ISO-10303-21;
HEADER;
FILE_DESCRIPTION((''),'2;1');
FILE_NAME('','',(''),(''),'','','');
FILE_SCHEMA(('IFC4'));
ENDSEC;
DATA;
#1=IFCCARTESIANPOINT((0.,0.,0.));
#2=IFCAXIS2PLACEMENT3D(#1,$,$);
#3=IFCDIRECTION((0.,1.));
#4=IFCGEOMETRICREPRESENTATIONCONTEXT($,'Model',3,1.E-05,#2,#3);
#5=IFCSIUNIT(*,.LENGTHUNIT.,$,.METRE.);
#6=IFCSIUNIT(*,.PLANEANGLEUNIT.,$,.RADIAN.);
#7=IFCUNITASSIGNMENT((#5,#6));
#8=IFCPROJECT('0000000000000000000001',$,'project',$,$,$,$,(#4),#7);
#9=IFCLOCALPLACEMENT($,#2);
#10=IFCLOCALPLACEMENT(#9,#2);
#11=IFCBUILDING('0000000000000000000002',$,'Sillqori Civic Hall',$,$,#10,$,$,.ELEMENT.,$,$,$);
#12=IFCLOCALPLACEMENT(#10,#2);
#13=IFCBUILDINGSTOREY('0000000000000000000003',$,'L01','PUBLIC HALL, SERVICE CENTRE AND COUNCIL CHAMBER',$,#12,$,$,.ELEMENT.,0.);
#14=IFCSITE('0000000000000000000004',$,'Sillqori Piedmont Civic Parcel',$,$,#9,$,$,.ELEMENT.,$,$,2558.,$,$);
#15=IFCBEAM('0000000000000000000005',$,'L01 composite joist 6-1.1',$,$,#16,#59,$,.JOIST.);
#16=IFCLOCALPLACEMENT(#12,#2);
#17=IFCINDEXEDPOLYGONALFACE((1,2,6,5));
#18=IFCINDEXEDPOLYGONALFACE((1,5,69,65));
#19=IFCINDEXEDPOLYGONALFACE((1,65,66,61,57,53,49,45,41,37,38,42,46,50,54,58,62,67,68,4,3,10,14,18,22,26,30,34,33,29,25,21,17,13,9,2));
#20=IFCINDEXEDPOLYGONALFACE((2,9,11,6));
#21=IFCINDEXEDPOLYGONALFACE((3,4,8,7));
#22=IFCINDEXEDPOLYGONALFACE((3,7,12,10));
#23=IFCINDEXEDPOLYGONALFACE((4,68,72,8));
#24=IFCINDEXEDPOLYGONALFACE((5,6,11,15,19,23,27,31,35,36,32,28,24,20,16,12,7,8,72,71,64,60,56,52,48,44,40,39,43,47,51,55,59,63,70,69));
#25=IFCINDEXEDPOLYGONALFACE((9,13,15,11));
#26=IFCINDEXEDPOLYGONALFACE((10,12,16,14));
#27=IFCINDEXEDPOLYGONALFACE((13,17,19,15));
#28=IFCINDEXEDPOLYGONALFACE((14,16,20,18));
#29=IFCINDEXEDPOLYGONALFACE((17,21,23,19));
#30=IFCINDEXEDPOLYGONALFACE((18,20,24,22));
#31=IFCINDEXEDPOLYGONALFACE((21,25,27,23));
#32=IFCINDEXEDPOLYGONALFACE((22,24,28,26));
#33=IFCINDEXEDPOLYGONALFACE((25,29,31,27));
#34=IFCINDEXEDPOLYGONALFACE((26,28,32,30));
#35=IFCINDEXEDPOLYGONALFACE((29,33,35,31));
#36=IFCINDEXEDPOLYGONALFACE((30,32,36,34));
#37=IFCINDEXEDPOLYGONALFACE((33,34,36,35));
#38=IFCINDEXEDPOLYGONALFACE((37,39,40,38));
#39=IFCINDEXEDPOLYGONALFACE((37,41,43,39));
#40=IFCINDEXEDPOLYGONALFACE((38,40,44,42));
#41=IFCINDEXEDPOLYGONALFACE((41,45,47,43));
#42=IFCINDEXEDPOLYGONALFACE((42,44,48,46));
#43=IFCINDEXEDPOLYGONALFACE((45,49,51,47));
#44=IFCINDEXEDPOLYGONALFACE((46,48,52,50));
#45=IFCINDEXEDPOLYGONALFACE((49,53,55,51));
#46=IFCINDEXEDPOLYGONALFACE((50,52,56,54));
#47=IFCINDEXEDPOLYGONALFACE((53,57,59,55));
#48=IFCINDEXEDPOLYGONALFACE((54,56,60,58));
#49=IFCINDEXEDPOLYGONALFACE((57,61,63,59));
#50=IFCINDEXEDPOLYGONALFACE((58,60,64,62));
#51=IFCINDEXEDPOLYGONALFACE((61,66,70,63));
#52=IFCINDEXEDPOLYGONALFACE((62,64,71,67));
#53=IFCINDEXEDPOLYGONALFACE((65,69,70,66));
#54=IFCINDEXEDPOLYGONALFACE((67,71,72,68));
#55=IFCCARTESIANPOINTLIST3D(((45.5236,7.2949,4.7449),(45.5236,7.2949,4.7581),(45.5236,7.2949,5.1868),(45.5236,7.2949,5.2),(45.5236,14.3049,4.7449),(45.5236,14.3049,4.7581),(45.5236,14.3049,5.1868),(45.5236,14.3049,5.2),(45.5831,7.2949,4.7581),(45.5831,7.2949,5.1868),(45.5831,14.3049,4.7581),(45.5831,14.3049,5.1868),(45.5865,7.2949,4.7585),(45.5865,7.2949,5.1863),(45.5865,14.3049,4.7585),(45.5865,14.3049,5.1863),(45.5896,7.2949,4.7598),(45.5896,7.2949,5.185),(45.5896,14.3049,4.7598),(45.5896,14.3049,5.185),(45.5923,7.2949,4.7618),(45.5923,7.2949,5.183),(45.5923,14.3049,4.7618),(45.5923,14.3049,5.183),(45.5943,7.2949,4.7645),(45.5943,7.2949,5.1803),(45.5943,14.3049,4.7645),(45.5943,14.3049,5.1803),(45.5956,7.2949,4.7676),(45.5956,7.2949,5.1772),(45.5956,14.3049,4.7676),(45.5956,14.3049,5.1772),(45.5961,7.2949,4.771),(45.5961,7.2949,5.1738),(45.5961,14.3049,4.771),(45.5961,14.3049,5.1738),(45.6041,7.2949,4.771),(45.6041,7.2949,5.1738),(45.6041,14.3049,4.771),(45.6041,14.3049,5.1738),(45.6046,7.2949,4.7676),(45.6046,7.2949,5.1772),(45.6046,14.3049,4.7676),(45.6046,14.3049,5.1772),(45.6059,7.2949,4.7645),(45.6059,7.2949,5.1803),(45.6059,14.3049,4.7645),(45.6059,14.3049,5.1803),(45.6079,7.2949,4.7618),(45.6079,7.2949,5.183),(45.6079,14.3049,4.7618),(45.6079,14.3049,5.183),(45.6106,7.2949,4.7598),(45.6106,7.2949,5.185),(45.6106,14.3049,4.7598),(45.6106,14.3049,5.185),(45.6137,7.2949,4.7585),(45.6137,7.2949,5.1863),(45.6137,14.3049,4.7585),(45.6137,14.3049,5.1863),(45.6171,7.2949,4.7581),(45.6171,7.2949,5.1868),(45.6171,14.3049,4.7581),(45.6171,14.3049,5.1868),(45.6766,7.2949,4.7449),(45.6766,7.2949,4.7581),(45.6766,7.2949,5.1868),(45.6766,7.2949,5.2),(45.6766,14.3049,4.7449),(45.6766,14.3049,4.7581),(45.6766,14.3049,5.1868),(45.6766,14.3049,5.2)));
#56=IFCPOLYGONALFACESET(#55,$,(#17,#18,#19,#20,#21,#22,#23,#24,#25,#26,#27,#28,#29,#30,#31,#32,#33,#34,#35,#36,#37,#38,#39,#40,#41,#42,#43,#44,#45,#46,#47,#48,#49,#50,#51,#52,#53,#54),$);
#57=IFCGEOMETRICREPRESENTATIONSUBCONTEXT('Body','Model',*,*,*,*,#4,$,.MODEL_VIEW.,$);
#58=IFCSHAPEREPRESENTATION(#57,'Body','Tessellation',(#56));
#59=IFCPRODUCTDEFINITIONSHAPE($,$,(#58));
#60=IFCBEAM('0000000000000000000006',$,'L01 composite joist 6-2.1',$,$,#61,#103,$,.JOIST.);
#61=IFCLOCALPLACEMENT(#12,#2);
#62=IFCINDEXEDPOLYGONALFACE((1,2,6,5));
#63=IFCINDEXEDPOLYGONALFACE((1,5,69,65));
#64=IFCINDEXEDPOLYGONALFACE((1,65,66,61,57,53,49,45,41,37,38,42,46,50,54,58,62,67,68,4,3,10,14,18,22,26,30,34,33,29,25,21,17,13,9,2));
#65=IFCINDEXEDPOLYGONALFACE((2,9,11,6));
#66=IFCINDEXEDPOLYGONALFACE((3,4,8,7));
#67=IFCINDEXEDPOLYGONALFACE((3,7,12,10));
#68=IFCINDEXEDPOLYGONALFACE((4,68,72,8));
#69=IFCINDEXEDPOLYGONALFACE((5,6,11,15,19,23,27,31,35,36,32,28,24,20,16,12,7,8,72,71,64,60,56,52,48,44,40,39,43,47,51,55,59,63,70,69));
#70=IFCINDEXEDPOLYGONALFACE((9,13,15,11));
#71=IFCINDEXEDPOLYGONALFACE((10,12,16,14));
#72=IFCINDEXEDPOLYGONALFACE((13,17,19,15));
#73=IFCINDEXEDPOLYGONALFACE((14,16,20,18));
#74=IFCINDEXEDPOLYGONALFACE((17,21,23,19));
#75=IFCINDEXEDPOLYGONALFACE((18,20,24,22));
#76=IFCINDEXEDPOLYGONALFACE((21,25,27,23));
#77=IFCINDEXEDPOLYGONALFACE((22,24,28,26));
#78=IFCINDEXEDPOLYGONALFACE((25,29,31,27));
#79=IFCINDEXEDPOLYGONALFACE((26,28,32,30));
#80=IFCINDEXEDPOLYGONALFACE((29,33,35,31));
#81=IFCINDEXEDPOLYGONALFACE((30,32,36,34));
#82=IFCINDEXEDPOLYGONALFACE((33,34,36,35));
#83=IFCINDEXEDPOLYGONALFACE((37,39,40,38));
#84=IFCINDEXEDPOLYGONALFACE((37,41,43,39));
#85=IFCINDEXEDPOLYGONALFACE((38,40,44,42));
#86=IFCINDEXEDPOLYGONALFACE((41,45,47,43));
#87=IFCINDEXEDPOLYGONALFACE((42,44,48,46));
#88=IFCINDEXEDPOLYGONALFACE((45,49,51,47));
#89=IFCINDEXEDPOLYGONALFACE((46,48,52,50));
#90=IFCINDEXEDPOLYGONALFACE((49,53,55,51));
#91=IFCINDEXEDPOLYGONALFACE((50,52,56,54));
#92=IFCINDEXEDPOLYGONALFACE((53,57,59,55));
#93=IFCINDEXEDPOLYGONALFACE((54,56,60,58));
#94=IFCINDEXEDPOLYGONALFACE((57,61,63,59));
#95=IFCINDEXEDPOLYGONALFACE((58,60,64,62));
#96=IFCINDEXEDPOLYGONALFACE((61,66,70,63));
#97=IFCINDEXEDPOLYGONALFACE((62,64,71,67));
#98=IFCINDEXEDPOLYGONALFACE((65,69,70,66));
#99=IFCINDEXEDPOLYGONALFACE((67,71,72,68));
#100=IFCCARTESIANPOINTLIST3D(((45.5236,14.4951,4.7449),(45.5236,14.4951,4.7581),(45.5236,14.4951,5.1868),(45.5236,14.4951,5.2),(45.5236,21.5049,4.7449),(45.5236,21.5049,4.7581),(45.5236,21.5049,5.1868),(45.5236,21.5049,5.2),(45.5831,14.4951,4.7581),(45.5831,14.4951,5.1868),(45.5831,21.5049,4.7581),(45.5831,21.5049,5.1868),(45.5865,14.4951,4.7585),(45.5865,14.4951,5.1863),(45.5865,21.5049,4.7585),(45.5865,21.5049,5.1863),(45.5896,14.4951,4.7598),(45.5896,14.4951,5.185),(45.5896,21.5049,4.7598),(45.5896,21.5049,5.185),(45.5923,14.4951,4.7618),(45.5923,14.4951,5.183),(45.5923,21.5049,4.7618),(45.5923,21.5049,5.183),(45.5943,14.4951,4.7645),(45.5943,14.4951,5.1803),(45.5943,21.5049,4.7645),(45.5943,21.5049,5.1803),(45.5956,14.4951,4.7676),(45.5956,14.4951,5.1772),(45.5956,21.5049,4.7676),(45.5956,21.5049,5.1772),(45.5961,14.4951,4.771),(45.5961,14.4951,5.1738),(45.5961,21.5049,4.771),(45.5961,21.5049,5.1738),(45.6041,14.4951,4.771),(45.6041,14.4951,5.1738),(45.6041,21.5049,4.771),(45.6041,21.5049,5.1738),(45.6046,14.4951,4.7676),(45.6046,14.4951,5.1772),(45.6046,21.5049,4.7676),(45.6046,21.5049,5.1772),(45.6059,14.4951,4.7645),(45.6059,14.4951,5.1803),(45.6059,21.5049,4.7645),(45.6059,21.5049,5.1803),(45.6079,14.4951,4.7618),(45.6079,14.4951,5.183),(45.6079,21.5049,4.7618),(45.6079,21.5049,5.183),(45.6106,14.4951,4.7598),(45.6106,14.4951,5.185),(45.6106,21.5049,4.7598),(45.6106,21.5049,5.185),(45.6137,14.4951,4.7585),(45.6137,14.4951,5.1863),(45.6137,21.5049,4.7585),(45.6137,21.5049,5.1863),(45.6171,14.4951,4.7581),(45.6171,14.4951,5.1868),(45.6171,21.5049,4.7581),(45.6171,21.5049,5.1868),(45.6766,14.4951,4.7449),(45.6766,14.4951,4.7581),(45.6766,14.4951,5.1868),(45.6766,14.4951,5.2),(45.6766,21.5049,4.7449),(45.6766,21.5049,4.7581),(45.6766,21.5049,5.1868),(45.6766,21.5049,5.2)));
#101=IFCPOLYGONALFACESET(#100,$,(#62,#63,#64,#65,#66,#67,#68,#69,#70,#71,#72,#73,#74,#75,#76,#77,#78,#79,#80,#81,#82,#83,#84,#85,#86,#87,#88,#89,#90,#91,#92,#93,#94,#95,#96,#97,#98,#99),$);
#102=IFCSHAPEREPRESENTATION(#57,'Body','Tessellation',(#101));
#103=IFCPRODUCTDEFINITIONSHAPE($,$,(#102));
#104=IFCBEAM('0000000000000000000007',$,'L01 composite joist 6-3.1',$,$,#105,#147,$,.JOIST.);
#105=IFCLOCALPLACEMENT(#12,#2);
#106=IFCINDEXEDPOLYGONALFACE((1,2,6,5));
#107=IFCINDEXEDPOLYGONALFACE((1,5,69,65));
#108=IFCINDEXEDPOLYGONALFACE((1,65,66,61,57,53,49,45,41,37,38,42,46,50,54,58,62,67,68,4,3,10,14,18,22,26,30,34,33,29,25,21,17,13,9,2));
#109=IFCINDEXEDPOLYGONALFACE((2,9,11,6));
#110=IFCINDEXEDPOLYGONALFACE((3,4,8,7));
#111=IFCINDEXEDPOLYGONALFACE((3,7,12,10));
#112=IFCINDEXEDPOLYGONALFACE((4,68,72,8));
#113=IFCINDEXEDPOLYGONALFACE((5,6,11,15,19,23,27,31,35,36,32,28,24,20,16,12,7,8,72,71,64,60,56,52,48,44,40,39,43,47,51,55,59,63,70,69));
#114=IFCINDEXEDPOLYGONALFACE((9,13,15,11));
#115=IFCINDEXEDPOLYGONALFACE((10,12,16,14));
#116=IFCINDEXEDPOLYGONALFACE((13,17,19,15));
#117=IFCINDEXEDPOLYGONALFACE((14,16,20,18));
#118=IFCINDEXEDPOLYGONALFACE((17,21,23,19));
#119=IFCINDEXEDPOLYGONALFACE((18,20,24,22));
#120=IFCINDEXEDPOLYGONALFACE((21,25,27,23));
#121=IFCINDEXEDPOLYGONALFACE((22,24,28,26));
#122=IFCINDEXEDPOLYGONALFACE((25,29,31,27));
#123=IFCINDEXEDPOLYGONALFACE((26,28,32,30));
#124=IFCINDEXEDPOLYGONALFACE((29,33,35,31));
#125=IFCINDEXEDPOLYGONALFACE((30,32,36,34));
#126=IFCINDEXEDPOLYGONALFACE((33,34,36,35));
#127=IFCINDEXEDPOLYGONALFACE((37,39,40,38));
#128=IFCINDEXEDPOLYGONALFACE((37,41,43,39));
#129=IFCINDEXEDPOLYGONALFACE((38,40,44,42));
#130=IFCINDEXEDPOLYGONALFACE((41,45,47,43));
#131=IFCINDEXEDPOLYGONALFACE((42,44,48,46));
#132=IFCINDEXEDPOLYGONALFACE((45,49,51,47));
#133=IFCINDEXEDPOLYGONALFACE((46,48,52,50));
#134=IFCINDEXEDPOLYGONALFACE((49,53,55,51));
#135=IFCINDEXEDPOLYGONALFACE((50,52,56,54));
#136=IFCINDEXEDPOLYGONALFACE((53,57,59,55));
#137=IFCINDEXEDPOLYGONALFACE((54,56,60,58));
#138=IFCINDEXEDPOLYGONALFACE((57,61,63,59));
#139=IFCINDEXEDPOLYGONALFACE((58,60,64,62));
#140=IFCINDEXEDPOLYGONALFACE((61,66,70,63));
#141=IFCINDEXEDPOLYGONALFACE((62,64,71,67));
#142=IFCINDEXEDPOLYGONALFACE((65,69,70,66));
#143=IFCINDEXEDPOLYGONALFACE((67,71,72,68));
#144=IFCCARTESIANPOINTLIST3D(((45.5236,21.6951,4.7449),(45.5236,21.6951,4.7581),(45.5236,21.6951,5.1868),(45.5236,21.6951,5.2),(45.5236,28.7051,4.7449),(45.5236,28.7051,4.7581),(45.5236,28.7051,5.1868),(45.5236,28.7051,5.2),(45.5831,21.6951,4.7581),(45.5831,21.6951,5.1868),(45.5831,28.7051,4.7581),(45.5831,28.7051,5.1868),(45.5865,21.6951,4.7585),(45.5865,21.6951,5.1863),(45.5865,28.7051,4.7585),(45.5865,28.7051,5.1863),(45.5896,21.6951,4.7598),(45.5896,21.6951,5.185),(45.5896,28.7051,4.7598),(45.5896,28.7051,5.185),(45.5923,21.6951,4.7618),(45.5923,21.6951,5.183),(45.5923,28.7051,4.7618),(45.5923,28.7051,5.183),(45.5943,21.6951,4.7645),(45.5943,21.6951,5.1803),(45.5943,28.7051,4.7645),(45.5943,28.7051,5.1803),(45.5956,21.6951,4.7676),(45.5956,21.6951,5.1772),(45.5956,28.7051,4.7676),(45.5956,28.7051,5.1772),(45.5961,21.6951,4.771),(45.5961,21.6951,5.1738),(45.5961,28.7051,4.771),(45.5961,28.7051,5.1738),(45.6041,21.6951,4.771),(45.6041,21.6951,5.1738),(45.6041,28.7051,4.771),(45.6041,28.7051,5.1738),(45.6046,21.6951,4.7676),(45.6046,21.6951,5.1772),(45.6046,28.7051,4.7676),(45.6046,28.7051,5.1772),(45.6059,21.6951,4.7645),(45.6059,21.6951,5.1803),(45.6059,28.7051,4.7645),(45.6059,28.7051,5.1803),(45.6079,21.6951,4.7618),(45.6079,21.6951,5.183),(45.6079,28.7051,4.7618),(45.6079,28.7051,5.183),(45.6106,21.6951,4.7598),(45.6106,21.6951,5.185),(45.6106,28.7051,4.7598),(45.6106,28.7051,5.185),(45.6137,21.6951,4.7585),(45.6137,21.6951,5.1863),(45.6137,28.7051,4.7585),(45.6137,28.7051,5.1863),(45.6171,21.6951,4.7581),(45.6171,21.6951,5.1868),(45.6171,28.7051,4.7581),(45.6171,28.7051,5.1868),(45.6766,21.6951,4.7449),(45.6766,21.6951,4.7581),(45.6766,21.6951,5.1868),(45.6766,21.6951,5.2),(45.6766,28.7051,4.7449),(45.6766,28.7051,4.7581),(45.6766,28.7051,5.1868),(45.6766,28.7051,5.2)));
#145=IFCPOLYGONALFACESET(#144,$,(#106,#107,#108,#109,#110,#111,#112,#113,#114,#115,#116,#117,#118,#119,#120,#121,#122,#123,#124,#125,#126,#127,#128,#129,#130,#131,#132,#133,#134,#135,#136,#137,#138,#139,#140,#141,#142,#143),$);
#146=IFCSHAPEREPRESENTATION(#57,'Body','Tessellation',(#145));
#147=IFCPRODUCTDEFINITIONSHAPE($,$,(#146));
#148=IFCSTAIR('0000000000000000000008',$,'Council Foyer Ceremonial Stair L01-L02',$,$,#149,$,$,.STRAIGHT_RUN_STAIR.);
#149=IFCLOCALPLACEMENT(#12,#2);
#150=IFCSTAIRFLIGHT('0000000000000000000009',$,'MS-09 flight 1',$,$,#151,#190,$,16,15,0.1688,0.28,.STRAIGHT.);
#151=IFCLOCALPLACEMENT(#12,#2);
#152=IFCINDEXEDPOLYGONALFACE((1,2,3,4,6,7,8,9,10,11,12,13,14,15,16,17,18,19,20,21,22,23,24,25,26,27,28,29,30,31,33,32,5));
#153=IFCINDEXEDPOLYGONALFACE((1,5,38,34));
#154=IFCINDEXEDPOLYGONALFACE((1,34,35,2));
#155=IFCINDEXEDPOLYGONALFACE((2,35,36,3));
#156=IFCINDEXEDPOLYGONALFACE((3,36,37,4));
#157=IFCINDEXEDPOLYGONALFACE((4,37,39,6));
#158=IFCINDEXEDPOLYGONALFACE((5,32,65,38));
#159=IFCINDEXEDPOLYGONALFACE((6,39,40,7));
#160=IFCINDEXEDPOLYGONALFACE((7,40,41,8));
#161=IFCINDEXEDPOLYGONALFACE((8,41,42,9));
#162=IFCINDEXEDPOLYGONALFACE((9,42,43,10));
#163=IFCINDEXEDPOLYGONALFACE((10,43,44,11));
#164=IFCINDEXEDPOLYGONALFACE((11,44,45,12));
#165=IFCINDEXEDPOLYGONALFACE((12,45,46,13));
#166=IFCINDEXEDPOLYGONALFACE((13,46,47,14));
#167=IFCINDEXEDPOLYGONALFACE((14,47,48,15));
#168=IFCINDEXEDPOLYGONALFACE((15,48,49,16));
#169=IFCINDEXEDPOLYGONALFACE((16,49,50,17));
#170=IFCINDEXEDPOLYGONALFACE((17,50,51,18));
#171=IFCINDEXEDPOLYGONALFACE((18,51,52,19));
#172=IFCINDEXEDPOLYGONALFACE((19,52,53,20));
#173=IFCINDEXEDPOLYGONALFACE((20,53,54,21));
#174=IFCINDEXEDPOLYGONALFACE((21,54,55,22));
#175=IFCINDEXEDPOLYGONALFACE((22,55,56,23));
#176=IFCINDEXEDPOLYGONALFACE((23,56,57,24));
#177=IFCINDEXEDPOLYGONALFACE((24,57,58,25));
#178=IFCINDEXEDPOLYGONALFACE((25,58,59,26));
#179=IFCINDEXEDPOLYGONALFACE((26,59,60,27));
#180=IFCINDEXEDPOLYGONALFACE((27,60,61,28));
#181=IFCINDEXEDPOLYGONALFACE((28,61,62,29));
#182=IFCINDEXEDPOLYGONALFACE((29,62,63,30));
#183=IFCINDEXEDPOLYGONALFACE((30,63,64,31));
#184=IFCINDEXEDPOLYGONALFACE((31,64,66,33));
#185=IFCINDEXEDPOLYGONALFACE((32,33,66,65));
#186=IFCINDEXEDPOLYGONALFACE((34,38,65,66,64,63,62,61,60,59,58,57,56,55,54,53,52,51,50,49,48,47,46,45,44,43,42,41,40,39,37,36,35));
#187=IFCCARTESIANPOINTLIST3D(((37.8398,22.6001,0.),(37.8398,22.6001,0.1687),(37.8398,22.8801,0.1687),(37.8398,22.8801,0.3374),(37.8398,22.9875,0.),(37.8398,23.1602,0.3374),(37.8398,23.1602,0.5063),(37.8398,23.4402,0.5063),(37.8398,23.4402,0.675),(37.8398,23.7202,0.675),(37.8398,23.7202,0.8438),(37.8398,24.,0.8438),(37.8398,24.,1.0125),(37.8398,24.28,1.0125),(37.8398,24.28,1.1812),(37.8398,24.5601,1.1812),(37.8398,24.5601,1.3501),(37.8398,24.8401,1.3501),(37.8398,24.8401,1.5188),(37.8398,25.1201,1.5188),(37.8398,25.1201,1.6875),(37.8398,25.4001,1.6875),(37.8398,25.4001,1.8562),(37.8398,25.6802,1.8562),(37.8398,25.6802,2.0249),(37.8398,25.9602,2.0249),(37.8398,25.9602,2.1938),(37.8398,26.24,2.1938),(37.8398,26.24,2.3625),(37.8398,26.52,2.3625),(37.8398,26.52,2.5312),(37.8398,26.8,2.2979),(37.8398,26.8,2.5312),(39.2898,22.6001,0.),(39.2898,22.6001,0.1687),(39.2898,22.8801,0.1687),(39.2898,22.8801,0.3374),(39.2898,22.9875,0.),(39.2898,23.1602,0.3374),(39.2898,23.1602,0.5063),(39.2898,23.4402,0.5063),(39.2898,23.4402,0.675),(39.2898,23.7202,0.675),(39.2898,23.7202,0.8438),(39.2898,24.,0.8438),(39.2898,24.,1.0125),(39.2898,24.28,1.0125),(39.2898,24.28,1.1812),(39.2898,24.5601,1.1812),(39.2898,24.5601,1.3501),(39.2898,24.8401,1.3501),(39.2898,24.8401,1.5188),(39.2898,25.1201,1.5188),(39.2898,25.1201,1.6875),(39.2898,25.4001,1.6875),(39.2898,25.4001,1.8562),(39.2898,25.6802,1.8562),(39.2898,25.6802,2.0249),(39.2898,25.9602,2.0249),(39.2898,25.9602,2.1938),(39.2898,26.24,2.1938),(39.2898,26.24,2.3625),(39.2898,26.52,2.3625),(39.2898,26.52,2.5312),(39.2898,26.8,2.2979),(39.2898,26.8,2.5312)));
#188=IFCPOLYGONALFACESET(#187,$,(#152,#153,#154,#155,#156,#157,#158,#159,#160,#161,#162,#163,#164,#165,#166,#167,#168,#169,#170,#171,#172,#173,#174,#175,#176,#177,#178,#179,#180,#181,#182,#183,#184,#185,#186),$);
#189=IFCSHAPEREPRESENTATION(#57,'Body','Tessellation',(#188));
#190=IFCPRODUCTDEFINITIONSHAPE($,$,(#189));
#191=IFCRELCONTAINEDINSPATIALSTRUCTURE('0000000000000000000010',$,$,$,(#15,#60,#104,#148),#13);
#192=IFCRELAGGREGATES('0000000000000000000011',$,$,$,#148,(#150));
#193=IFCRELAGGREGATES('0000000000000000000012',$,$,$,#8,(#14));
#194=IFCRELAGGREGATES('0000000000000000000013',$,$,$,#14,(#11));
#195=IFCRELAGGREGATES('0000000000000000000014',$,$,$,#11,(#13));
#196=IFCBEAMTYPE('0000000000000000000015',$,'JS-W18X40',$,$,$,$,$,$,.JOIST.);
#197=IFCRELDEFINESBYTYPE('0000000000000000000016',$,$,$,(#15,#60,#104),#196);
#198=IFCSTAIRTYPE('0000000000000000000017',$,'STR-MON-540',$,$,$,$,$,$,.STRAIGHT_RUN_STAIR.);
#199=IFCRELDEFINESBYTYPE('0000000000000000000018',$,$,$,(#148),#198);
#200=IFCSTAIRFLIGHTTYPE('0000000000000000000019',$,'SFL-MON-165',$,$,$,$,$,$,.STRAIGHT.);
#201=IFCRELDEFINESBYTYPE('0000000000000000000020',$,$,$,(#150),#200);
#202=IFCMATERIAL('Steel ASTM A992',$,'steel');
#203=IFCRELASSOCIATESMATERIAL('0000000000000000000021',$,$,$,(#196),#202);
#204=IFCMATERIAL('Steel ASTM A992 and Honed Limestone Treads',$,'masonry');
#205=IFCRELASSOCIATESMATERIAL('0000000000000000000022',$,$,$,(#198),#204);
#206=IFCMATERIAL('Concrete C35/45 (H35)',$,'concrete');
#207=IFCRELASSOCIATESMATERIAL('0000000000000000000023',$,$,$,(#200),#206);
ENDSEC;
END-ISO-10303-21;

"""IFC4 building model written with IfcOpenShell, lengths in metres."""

from ifc_helpers import new_model, si_unit, direction, frame, origin, origin_2d, place, context, subcontext, project, spatial, polyline, i_section, outline, extrude, material, material_profile, profile_set, type_object, element, aggregate, save


model = new_model("IFC4")

# Units and contexts
model_context = context("Model", 3, precision=1e-05, world=origin(), true_north=direction((0.0, 1.0)))
body_context = subcontext(model_context, "Body", "Model", "MODEL_VIEW")
ifc_project = project(units=[si_unit("LENGTHUNIT", "METRE"), si_unit("PLANEANGLEUNIT", "RADIAN")], contexts=[model_context])

# Site, building, storey
site_placement = place(None, origin())
site = spatial("IfcSite", under=ifc_project, at=site_placement, Name="Sillqori Piedmont Civic Parcel", CompositionType="ELEMENT", RefElevation=2558.0)
building_placement = place(site_placement, origin())
building = spatial("IfcBuilding", under=site, at=building_placement, Name="Sillqori Civic Hall", CompositionType="ELEMENT")
storey_placement = place(building_placement, origin())
storey = spatial("IfcBuildingStorey", under=building, at=storey_placement, Name="L01", Description="PUBLIC HALL, SERVICE CENTRE AND COUNCIL CHAMBER", CompositionType="ELEMENT", Elevation=0.0)

# Shared definitions
ifc_material_1 = material(Name="Concrete C35/45 (H35)", Category="concrete")
ifc_material_2 = material(Name="Steel ASTM A992", Category="steel")

# Beams
ifc_material_profile_1 = material_profile(ifc_material_2, i_section(OverallWidth=0.1531, OverallDepth=0.4551, WebThickness=0.0081, FlangeThickness=0.0132, FilletRadius=0.0129, at=origin_2d()), Name="W18X40")
ifc_profile_set_1 = profile_set([ifc_material_profile_1], Name="Steel ASTM A992")
beam_type_1 = type_object("IfcBeamType", Name="JS-W18X40", PredefinedType="JOIST", material=ifc_profile_set_1)
beam_1_placement = place(storey_placement, frame((45.6001, 7.2949, 4.9724), z_axis=(0.0, 1.0, 0.0), x_axis=(-1.0, 0.0, 0.0)))
element("IfcBeam", 1, at=beam_1_placement, inside=storey, type_object=beam_type_1, Name="L01 composite joist 6-1.1", PredefinedType="JOIST", context=body_context, shape_type="SweptSolid", body=[
    extrude(i_section(OverallWidth=0.1531, OverallDepth=0.4551, WebThickness=0.0081, FlangeThickness=0.0132, FilletRadius=0.0129, at=origin_2d()), origin(), (0.0, 0.0, 1.0), 7.01),
])
beam_2_placement = place(storey_placement, frame((45.6001, 14.4951, 4.9724), z_axis=(0.0, 1.0, 0.0), x_axis=(-1.0, 0.0, 0.0)))
element("IfcBeam", 2, at=beam_2_placement, inside=storey, type_object=beam_type_1, Name="L01 composite joist 6-2.1", PredefinedType="JOIST", context=body_context, shape_type="SweptSolid", body=[
    extrude(i_section(OverallWidth=0.1531, OverallDepth=0.4551, WebThickness=0.0081, FlangeThickness=0.0132, FilletRadius=0.0129, at=origin_2d()), origin(), (0.0, 0.0, 1.0), 7.0098),
])
beam_3_placement = place(storey_placement, frame((45.6001, 21.6951, 4.9724), z_axis=(0.0, 1.0, 0.0), x_axis=(-1.0, 0.0, 0.0)))
element("IfcBeam", 3, at=beam_3_placement, inside=storey, type_object=beam_type_1, Name="L01 composite joist 6-3.1", PredefinedType="JOIST", context=body_context, shape_type="SweptSolid", body=[
    extrude(i_section(OverallWidth=0.1531, OverallDepth=0.4551, WebThickness=0.0081, FlangeThickness=0.0132, FilletRadius=0.0129, at=origin_2d()), origin(), (0.0, 0.0, 1.0), 7.01),
])

# Stair, stair flight
ifc_material_3 = material(Name="Steel ASTM A992 and Honed Limestone Treads", Category="masonry")
stair_type = type_object("IfcStairType", Name="STR-MON-540", PredefinedType="STRAIGHT_RUN_STAIR", material=ifc_material_3)
stair_placement = place(storey_placement, origin())
stair = element("IfcStair", 4, at=stair_placement, inside=storey, type_object=stair_type, Name="Council Foyer Ceremonial Stair L01-L02", PredefinedType="STRAIGHT_RUN_STAIR")
stair_flight_type = type_object("IfcStairFlightType", Name="SFL-MON-165", PredefinedType="STRAIGHT", material=ifc_material_1)
stair_flight_1_placement = place(storey_placement, frame((38.5649, 22.6001, 0.0), z_axis=(0.0, 0.0, 1.0), x_axis=(0.0, 1.0, 0.0)))
stair_flight_1 = element("IfcStairFlight", 5, at=stair_flight_1_placement, type_object=stair_flight_type, Name="MS-09 flight 1", NumberOfRisers=16, NumberOfTreads=15, PredefinedType="STRAIGHT", RiserHeight=0.1688, TreadLength=0.28, context=body_context, shape_type="SweptSolid", body=[
    extrude(outline(polyline([(0.0, 0.0), (0.0, 0.1687), (0.28, 0.1687), (0.28, 0.3374), (0.5601, 0.3374), (0.5601, 0.5063), (0.8401, 0.5063), (0.8401, 0.675), (1.1201, 0.675), (1.1201, 0.8438), (1.3999, 0.8438), (1.3999, 1.0125), (1.6799, 1.0125), (1.6799, 1.1812), (1.96, 1.1812), (1.96, 1.3501), (2.24, 1.3501), (2.24, 1.5188), (2.52, 1.5188), (2.52, 1.6875), (2.8, 1.6875), (2.8, 1.8562), (3.0801, 1.8562), (3.0801, 2.0249), (3.3601, 2.0249), (3.3601, 2.1938), (3.6399, 2.1938), (3.6399, 2.3625), (3.9199, 2.3625), (3.9199, 2.5312), (4.2, 2.5312), (4.2, 2.7), (4.2, 2.2979), (0.3875, 0.0), (0.0, 0.0)])), frame((0.0, 0.7251, 0.0), z_axis=(0.0, -1.0, 0.0), x_axis=(1.0, 0.0, 0.0)), (0.0, 0.0, 1.0), 1.45),
])
aggregate(stair, [stair_flight_1])

save(model, "model.ifc")
